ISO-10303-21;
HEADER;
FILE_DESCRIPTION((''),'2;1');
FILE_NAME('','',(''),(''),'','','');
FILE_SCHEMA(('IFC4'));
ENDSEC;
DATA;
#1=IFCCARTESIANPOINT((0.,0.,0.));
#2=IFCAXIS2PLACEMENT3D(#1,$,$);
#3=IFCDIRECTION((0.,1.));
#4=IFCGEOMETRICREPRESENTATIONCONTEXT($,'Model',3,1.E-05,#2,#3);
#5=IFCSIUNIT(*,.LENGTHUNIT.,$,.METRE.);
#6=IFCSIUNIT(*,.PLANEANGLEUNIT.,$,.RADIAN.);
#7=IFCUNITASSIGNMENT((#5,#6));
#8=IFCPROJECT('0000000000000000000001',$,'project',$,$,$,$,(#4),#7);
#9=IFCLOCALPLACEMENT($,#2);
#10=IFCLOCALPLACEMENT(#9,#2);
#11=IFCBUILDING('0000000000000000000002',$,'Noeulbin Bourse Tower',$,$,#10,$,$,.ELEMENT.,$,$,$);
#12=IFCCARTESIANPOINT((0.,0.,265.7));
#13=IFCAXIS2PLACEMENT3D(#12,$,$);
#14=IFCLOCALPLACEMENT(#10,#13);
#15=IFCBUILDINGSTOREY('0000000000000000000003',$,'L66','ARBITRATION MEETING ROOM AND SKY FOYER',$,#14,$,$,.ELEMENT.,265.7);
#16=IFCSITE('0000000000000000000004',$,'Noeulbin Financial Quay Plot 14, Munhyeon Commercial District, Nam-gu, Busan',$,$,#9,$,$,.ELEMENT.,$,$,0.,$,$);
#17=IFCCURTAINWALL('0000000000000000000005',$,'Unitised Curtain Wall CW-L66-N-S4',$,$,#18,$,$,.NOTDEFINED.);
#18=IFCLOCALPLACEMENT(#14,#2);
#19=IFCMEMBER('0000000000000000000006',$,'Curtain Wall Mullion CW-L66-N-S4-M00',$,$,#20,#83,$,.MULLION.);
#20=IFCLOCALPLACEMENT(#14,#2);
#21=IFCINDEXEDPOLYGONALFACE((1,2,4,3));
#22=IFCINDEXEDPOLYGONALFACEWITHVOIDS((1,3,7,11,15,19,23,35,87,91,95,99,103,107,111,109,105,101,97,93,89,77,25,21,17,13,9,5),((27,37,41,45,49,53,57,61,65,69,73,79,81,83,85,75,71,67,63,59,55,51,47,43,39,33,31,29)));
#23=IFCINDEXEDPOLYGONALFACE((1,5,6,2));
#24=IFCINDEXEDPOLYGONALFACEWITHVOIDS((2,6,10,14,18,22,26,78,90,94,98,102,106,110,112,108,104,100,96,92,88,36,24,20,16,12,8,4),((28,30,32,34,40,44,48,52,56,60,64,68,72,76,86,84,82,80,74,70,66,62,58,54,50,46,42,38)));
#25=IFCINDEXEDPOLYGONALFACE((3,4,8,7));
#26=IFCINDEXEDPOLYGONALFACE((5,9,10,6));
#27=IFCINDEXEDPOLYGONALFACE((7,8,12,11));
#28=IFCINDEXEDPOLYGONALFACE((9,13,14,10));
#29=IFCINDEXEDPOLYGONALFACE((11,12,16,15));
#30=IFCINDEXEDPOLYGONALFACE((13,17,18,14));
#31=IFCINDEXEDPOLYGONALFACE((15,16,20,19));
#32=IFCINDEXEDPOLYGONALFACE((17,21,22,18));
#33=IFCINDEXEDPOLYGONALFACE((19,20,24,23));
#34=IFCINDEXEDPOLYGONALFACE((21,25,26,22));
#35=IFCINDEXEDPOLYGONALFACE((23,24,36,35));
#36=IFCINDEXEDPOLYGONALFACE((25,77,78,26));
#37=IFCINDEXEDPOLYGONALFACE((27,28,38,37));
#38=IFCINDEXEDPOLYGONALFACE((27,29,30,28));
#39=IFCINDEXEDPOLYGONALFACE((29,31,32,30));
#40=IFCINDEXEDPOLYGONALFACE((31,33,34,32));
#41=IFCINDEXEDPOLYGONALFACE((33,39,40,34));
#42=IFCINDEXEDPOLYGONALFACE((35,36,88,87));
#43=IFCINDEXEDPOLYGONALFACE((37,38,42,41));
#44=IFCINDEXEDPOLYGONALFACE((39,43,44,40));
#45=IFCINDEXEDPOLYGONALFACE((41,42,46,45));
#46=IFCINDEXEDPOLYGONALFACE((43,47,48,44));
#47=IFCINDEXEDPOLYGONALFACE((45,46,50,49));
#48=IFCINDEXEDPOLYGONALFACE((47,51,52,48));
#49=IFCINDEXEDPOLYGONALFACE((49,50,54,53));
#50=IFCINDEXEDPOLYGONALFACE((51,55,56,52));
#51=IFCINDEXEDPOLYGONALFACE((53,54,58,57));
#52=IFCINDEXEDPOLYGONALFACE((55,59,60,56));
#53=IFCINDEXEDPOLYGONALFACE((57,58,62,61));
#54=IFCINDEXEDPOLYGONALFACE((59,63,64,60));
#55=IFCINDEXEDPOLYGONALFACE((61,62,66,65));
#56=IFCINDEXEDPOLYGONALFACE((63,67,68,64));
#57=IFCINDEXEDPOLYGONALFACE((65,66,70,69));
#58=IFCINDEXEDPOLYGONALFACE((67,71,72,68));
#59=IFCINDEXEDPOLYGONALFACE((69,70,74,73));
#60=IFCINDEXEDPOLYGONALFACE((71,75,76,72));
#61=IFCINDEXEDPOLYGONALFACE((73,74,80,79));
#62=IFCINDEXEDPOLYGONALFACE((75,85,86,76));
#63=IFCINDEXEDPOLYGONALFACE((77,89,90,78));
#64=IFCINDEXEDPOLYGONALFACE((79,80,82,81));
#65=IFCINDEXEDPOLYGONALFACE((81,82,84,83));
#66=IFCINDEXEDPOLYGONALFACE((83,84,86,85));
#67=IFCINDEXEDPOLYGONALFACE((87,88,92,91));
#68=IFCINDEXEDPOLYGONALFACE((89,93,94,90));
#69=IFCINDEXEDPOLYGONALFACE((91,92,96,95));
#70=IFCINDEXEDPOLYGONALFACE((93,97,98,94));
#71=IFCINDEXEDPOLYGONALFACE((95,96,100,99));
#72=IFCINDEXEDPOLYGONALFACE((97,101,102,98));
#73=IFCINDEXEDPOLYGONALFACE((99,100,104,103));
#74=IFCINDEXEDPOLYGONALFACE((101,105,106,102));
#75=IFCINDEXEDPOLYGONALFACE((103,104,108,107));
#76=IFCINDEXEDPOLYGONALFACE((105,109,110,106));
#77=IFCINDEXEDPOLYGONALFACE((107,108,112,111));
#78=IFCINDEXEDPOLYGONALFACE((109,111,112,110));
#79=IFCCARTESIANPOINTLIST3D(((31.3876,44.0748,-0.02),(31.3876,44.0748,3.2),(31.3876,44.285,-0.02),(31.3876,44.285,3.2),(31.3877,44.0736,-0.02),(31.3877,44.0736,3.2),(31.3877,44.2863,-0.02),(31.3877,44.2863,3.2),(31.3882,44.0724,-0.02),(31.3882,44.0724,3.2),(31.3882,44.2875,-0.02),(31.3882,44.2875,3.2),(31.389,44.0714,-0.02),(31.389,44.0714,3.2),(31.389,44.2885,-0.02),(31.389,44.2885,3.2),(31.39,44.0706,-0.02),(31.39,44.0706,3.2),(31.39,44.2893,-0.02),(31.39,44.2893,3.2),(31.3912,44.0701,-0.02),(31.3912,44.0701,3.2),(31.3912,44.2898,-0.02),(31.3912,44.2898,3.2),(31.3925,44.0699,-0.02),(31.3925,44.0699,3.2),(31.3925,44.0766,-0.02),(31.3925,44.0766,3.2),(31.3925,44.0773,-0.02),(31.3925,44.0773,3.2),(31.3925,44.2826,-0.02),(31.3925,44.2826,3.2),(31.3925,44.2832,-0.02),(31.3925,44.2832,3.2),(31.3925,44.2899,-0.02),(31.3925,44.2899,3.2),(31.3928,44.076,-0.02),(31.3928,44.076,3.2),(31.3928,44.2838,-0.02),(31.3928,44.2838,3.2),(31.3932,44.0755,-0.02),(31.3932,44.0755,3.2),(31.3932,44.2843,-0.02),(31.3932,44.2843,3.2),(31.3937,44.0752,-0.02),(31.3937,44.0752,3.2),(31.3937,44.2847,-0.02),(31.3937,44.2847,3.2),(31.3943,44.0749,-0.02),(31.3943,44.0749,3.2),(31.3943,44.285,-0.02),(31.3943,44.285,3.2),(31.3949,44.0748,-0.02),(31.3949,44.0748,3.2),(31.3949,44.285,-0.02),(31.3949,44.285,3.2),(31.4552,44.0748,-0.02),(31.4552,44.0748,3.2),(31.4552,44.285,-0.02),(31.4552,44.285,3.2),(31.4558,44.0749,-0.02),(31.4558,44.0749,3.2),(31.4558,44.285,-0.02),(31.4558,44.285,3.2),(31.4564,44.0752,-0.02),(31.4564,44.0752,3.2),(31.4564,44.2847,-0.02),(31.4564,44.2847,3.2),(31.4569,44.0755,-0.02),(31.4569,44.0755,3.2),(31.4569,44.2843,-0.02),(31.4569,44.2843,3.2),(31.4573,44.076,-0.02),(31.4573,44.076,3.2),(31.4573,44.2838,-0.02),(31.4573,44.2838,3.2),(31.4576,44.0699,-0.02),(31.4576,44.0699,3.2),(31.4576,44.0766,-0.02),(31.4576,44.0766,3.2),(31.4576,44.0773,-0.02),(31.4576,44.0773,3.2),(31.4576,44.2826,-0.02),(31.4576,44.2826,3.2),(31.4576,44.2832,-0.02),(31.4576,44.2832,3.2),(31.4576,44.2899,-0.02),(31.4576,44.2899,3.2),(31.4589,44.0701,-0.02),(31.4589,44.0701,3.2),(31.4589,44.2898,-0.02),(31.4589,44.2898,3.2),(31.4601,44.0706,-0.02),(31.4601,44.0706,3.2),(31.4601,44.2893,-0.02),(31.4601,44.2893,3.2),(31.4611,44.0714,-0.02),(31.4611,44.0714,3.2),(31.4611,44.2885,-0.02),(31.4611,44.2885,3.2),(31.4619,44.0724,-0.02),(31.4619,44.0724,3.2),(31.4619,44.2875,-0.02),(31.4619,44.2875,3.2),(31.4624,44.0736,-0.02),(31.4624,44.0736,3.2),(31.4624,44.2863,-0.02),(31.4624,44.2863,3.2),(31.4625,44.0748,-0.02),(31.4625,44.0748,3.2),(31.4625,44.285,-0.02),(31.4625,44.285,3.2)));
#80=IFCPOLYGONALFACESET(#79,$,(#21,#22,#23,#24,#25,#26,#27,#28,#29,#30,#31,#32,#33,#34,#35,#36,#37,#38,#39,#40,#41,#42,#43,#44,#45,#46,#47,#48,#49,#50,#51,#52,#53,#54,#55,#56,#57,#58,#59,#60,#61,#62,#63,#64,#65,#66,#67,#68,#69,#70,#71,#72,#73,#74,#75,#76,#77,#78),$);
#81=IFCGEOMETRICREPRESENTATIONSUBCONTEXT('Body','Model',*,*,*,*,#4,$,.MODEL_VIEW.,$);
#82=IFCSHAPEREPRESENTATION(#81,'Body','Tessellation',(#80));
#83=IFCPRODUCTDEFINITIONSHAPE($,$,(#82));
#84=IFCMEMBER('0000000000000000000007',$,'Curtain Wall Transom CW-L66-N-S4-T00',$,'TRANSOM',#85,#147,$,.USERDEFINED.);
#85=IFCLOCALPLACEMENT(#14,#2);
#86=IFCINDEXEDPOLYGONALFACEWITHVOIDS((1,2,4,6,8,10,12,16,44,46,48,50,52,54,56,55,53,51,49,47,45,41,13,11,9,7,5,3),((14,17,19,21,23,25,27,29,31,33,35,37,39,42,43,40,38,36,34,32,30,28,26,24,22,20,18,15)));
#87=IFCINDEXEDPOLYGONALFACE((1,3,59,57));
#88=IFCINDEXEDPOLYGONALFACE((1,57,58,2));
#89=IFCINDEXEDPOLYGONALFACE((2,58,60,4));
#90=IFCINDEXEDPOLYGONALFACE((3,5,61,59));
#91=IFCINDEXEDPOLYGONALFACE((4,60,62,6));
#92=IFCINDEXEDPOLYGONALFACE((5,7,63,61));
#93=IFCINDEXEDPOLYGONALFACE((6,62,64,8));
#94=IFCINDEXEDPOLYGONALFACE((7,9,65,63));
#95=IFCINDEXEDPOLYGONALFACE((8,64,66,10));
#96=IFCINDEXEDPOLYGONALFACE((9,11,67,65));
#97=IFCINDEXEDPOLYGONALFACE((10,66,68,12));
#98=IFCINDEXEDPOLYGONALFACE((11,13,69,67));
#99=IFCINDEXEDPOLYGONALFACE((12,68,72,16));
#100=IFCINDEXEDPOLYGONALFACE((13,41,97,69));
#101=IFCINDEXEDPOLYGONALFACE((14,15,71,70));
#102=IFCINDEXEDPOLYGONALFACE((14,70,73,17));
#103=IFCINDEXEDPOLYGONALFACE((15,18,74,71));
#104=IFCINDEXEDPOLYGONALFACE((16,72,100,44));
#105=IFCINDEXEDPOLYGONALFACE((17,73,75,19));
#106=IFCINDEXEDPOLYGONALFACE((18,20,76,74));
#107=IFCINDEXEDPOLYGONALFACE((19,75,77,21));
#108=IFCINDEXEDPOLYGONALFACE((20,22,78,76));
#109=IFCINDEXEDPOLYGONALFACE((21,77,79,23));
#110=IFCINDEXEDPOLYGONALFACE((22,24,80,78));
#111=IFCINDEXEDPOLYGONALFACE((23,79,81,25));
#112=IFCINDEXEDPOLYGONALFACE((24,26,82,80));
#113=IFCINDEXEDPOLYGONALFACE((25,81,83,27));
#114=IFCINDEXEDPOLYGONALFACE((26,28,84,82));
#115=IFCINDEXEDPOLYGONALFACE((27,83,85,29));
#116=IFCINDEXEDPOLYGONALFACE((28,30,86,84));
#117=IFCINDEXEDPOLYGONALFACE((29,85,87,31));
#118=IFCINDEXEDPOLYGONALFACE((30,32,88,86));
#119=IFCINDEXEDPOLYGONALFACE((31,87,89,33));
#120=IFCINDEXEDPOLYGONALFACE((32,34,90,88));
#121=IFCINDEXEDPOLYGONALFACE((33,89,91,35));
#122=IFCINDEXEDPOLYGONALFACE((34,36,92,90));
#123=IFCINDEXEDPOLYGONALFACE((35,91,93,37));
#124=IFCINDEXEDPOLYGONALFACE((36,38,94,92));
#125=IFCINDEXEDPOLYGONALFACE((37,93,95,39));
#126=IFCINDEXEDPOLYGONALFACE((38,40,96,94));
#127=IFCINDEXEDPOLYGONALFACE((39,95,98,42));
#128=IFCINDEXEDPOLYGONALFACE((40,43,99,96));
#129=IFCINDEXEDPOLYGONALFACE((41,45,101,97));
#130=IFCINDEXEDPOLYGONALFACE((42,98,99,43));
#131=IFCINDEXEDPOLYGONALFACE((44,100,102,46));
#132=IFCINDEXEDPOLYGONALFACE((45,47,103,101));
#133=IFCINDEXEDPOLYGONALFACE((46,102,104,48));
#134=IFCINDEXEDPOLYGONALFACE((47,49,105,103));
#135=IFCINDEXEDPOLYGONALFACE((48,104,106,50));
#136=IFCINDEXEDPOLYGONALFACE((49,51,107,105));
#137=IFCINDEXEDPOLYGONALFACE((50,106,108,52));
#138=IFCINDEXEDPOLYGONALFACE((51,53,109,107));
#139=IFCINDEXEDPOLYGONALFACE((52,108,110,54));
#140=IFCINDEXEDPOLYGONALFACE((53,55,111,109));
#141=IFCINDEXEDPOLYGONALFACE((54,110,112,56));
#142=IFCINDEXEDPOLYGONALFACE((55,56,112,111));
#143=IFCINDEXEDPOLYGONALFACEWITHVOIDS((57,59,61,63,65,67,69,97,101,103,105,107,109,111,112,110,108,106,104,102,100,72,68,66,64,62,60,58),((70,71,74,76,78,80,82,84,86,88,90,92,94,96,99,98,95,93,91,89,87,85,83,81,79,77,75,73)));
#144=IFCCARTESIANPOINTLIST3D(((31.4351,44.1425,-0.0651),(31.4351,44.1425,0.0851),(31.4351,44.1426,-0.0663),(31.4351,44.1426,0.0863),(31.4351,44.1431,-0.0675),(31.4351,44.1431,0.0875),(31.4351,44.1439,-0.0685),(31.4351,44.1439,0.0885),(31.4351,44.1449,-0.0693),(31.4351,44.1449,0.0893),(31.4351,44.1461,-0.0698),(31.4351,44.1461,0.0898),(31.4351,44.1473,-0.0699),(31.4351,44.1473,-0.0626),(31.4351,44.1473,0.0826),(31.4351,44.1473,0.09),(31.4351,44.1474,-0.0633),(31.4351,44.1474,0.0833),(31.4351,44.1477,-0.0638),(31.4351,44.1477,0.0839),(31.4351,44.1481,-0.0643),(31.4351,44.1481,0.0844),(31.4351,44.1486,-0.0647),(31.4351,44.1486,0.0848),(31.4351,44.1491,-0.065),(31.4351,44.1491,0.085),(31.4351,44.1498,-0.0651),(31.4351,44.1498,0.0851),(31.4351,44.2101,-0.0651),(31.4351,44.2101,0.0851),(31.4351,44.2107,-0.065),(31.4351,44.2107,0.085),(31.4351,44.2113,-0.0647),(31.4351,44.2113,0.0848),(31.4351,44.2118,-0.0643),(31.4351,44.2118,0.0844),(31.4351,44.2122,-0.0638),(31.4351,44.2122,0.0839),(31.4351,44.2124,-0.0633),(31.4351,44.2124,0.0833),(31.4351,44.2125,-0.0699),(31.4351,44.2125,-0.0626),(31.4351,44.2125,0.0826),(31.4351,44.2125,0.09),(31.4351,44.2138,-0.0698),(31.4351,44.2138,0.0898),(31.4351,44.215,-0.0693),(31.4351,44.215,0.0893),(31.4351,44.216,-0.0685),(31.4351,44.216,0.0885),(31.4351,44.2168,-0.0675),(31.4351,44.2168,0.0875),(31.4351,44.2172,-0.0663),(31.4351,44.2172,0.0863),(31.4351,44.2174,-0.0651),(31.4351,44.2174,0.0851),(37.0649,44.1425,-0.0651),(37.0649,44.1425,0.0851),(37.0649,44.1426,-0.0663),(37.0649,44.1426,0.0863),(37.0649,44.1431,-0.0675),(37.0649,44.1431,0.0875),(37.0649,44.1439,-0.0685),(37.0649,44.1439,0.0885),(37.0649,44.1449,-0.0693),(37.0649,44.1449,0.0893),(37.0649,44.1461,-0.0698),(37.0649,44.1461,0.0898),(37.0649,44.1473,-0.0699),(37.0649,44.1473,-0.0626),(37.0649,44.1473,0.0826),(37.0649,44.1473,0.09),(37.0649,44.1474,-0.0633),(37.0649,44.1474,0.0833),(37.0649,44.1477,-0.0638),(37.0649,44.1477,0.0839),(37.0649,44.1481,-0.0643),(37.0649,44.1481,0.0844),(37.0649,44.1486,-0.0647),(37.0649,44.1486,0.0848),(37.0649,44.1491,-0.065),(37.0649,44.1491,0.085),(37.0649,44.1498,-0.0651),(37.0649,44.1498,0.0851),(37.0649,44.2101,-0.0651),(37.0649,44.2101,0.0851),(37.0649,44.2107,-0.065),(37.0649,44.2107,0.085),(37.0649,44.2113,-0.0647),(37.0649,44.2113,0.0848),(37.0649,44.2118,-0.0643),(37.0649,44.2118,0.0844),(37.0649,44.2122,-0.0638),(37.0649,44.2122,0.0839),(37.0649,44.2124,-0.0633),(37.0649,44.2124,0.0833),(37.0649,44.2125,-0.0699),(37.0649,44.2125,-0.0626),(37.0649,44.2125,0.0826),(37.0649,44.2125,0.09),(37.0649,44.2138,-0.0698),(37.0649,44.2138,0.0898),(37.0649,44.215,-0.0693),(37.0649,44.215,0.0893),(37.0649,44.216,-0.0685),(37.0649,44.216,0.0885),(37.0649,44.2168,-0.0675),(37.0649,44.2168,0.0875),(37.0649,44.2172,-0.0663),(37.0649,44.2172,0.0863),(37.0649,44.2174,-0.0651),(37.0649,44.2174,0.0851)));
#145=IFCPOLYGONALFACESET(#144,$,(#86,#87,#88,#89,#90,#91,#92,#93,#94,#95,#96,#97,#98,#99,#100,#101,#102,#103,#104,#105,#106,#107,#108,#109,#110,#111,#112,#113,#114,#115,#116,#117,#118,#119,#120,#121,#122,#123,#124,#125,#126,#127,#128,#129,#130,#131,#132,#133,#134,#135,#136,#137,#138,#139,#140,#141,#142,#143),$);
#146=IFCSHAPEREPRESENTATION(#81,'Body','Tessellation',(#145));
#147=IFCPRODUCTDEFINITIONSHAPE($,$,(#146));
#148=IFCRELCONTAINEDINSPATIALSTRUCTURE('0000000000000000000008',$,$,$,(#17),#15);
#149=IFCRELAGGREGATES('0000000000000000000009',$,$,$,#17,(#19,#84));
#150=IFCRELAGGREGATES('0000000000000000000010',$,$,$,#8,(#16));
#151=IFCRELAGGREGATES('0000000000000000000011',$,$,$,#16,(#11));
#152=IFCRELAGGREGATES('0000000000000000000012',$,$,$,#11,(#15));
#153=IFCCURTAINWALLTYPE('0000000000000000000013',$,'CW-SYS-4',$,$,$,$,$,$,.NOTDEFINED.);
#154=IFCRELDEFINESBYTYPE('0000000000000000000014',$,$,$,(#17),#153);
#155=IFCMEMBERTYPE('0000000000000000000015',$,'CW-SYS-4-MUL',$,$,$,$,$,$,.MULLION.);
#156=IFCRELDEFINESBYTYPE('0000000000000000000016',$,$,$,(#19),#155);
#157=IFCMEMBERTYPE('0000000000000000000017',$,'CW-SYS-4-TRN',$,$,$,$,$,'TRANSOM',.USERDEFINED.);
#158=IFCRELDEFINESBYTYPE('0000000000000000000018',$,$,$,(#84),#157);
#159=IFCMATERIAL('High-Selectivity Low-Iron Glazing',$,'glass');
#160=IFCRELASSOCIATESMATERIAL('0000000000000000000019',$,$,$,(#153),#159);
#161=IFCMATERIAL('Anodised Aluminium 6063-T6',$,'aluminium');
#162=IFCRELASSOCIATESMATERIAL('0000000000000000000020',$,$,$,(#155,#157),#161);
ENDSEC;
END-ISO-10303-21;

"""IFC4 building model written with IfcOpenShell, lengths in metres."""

from ifc_helpers import new_model, si_unit, direction, frame, origin, origin_2d, place, context, subcontext, project, spatial, hollow_rectangle, extrude, material, material_profile, profile_set, type_object, element, aggregate, save


model = new_model("IFC4")

# Units and contexts
model_context = context("Model", 3, precision=1e-05, world=origin(), true_north=direction((0.0, 1.0)))
body_context = subcontext(model_context, "Body", "Model", "MODEL_VIEW")
ifc_project = project(units=[si_unit("LENGTHUNIT", "METRE"), si_unit("PLANEANGLEUNIT", "RADIAN")], contexts=[model_context])

# Site, building, storey
site_placement = place(None, origin())
site = spatial("IfcSite", under=ifc_project, at=site_placement, Name="Noeulbin Financial Quay Plot 14, Munhyeon Commercial District, Nam-gu, Busan", CompositionType="ELEMENT", RefElevation=0.0)
building_placement = place(site_placement, origin())
building = spatial("IfcBuilding", under=site, at=building_placement, Name="Noeulbin Bourse Tower", CompositionType="ELEMENT")
storey_placement = place(building_placement, frame((0.0, 0.0, 265.7)))
storey = spatial("IfcBuildingStorey", under=building, at=storey_placement, Name="L66", Description="ARBITRATION MEETING ROOM AND SKY FOYER", CompositionType="ELEMENT", Elevation=265.7)

# Shared definitions
ifc_material_1 = material(Name="High-Selectivity Low-Iron Glazing", Category="glass")
curtain_wall_type = type_object("IfcCurtainWallType", Name="CW-SYS-4", PredefinedType="NOTDEFINED", material=ifc_material_1)
ifc_material_2 = material(Name="Anodised Aluminium 6063-T6", Category="aluminium")
ifc_material_profile_1 = material_profile(ifc_material_2, hollow_rectangle(XDim=0.075, YDim=0.22, WallThickness=0.0049, InnerFilletRadius=0.0024, OuterFilletRadius=0.0049, at=origin_2d()), Name="ALU-MULL-75x220x5", Category="LoadBearing")
ifc_profile_set_1 = profile_set([ifc_material_profile_1], Name="Anodised Aluminium 6063-T6")
member_type_1 = type_object("IfcMemberType", Name="CW-SYS-4-MUL", PredefinedType="MULLION", material=ifc_profile_set_1)

# Curtain wall, members
curtain_wall_1_placement = place(storey_placement, origin())
curtain_wall_1 = element("IfcCurtainWall", 1, at=curtain_wall_1_placement, inside=storey, type_object=curtain_wall_type, Name="Unitised Curtain Wall CW-L66-N-S4", PredefinedType="NOTDEFINED")
member_1_placement = place(storey_placement, frame((31.425, 44.1799, -0.02), z_axis=(0.0, 0.0, 1.0), x_axis=(1.0, 0.0, 0.0)))
member_1 = element("IfcMember", 2, at=member_1_placement, type_object=member_type_1, Name="Curtain Wall Mullion CW-L66-N-S4-M00", PredefinedType="MULLION", context=body_context, shape_type="SweptSolid", body=[
    extrude(hollow_rectangle(XDim=0.075, YDim=0.22, WallThickness=0.0049, InnerFilletRadius=0.0024, OuterFilletRadius=0.0049, at=origin_2d()), origin(), (0.0, 0.0, 1.0), 3.22),
])
ifc_material_profile_2 = material_profile(ifc_material_2, hollow_rectangle(XDim=0.075, YDim=0.1599, WallThickness=0.0049, InnerFilletRadius=0.0024, OuterFilletRadius=0.0049, at=origin_2d()), Name="ALU-TRAN-75x160x5", Category="LoadBearing")
ifc_profile_set_2 = profile_set([ifc_material_profile_2], Name="Anodised Aluminium 6063-T6")
member_type_2 = type_object("IfcMemberType", Name="CW-SYS-4-TRN", ElementType="TRANSOM", PredefinedType="USERDEFINED", material=ifc_profile_set_2)
member_2_placement = place(storey_placement, frame((31.4351, 44.1799, 0.01), z_axis=(1.0, 0.0, 0.0), x_axis=(0.0, 1.0, 0.0)))
member_2 = element("IfcMember", 3, at=member_2_placement, type_object=member_type_2, Name="Curtain Wall Transom CW-L66-N-S4-T00", ObjectType="TRANSOM", PredefinedType="USERDEFINED", context=body_context, shape_type="SweptSolid", body=[
    extrude(hollow_rectangle(XDim=0.075, YDim=0.1599, WallThickness=0.0049, InnerFilletRadius=0.0024, OuterFilletRadius=0.0049, at=origin_2d()), origin(), (0.0, 0.0, 1.0), 5.6299),
])
aggregate(curtain_wall_1, [member_1, member_2])

save(model, "model.ifc")
